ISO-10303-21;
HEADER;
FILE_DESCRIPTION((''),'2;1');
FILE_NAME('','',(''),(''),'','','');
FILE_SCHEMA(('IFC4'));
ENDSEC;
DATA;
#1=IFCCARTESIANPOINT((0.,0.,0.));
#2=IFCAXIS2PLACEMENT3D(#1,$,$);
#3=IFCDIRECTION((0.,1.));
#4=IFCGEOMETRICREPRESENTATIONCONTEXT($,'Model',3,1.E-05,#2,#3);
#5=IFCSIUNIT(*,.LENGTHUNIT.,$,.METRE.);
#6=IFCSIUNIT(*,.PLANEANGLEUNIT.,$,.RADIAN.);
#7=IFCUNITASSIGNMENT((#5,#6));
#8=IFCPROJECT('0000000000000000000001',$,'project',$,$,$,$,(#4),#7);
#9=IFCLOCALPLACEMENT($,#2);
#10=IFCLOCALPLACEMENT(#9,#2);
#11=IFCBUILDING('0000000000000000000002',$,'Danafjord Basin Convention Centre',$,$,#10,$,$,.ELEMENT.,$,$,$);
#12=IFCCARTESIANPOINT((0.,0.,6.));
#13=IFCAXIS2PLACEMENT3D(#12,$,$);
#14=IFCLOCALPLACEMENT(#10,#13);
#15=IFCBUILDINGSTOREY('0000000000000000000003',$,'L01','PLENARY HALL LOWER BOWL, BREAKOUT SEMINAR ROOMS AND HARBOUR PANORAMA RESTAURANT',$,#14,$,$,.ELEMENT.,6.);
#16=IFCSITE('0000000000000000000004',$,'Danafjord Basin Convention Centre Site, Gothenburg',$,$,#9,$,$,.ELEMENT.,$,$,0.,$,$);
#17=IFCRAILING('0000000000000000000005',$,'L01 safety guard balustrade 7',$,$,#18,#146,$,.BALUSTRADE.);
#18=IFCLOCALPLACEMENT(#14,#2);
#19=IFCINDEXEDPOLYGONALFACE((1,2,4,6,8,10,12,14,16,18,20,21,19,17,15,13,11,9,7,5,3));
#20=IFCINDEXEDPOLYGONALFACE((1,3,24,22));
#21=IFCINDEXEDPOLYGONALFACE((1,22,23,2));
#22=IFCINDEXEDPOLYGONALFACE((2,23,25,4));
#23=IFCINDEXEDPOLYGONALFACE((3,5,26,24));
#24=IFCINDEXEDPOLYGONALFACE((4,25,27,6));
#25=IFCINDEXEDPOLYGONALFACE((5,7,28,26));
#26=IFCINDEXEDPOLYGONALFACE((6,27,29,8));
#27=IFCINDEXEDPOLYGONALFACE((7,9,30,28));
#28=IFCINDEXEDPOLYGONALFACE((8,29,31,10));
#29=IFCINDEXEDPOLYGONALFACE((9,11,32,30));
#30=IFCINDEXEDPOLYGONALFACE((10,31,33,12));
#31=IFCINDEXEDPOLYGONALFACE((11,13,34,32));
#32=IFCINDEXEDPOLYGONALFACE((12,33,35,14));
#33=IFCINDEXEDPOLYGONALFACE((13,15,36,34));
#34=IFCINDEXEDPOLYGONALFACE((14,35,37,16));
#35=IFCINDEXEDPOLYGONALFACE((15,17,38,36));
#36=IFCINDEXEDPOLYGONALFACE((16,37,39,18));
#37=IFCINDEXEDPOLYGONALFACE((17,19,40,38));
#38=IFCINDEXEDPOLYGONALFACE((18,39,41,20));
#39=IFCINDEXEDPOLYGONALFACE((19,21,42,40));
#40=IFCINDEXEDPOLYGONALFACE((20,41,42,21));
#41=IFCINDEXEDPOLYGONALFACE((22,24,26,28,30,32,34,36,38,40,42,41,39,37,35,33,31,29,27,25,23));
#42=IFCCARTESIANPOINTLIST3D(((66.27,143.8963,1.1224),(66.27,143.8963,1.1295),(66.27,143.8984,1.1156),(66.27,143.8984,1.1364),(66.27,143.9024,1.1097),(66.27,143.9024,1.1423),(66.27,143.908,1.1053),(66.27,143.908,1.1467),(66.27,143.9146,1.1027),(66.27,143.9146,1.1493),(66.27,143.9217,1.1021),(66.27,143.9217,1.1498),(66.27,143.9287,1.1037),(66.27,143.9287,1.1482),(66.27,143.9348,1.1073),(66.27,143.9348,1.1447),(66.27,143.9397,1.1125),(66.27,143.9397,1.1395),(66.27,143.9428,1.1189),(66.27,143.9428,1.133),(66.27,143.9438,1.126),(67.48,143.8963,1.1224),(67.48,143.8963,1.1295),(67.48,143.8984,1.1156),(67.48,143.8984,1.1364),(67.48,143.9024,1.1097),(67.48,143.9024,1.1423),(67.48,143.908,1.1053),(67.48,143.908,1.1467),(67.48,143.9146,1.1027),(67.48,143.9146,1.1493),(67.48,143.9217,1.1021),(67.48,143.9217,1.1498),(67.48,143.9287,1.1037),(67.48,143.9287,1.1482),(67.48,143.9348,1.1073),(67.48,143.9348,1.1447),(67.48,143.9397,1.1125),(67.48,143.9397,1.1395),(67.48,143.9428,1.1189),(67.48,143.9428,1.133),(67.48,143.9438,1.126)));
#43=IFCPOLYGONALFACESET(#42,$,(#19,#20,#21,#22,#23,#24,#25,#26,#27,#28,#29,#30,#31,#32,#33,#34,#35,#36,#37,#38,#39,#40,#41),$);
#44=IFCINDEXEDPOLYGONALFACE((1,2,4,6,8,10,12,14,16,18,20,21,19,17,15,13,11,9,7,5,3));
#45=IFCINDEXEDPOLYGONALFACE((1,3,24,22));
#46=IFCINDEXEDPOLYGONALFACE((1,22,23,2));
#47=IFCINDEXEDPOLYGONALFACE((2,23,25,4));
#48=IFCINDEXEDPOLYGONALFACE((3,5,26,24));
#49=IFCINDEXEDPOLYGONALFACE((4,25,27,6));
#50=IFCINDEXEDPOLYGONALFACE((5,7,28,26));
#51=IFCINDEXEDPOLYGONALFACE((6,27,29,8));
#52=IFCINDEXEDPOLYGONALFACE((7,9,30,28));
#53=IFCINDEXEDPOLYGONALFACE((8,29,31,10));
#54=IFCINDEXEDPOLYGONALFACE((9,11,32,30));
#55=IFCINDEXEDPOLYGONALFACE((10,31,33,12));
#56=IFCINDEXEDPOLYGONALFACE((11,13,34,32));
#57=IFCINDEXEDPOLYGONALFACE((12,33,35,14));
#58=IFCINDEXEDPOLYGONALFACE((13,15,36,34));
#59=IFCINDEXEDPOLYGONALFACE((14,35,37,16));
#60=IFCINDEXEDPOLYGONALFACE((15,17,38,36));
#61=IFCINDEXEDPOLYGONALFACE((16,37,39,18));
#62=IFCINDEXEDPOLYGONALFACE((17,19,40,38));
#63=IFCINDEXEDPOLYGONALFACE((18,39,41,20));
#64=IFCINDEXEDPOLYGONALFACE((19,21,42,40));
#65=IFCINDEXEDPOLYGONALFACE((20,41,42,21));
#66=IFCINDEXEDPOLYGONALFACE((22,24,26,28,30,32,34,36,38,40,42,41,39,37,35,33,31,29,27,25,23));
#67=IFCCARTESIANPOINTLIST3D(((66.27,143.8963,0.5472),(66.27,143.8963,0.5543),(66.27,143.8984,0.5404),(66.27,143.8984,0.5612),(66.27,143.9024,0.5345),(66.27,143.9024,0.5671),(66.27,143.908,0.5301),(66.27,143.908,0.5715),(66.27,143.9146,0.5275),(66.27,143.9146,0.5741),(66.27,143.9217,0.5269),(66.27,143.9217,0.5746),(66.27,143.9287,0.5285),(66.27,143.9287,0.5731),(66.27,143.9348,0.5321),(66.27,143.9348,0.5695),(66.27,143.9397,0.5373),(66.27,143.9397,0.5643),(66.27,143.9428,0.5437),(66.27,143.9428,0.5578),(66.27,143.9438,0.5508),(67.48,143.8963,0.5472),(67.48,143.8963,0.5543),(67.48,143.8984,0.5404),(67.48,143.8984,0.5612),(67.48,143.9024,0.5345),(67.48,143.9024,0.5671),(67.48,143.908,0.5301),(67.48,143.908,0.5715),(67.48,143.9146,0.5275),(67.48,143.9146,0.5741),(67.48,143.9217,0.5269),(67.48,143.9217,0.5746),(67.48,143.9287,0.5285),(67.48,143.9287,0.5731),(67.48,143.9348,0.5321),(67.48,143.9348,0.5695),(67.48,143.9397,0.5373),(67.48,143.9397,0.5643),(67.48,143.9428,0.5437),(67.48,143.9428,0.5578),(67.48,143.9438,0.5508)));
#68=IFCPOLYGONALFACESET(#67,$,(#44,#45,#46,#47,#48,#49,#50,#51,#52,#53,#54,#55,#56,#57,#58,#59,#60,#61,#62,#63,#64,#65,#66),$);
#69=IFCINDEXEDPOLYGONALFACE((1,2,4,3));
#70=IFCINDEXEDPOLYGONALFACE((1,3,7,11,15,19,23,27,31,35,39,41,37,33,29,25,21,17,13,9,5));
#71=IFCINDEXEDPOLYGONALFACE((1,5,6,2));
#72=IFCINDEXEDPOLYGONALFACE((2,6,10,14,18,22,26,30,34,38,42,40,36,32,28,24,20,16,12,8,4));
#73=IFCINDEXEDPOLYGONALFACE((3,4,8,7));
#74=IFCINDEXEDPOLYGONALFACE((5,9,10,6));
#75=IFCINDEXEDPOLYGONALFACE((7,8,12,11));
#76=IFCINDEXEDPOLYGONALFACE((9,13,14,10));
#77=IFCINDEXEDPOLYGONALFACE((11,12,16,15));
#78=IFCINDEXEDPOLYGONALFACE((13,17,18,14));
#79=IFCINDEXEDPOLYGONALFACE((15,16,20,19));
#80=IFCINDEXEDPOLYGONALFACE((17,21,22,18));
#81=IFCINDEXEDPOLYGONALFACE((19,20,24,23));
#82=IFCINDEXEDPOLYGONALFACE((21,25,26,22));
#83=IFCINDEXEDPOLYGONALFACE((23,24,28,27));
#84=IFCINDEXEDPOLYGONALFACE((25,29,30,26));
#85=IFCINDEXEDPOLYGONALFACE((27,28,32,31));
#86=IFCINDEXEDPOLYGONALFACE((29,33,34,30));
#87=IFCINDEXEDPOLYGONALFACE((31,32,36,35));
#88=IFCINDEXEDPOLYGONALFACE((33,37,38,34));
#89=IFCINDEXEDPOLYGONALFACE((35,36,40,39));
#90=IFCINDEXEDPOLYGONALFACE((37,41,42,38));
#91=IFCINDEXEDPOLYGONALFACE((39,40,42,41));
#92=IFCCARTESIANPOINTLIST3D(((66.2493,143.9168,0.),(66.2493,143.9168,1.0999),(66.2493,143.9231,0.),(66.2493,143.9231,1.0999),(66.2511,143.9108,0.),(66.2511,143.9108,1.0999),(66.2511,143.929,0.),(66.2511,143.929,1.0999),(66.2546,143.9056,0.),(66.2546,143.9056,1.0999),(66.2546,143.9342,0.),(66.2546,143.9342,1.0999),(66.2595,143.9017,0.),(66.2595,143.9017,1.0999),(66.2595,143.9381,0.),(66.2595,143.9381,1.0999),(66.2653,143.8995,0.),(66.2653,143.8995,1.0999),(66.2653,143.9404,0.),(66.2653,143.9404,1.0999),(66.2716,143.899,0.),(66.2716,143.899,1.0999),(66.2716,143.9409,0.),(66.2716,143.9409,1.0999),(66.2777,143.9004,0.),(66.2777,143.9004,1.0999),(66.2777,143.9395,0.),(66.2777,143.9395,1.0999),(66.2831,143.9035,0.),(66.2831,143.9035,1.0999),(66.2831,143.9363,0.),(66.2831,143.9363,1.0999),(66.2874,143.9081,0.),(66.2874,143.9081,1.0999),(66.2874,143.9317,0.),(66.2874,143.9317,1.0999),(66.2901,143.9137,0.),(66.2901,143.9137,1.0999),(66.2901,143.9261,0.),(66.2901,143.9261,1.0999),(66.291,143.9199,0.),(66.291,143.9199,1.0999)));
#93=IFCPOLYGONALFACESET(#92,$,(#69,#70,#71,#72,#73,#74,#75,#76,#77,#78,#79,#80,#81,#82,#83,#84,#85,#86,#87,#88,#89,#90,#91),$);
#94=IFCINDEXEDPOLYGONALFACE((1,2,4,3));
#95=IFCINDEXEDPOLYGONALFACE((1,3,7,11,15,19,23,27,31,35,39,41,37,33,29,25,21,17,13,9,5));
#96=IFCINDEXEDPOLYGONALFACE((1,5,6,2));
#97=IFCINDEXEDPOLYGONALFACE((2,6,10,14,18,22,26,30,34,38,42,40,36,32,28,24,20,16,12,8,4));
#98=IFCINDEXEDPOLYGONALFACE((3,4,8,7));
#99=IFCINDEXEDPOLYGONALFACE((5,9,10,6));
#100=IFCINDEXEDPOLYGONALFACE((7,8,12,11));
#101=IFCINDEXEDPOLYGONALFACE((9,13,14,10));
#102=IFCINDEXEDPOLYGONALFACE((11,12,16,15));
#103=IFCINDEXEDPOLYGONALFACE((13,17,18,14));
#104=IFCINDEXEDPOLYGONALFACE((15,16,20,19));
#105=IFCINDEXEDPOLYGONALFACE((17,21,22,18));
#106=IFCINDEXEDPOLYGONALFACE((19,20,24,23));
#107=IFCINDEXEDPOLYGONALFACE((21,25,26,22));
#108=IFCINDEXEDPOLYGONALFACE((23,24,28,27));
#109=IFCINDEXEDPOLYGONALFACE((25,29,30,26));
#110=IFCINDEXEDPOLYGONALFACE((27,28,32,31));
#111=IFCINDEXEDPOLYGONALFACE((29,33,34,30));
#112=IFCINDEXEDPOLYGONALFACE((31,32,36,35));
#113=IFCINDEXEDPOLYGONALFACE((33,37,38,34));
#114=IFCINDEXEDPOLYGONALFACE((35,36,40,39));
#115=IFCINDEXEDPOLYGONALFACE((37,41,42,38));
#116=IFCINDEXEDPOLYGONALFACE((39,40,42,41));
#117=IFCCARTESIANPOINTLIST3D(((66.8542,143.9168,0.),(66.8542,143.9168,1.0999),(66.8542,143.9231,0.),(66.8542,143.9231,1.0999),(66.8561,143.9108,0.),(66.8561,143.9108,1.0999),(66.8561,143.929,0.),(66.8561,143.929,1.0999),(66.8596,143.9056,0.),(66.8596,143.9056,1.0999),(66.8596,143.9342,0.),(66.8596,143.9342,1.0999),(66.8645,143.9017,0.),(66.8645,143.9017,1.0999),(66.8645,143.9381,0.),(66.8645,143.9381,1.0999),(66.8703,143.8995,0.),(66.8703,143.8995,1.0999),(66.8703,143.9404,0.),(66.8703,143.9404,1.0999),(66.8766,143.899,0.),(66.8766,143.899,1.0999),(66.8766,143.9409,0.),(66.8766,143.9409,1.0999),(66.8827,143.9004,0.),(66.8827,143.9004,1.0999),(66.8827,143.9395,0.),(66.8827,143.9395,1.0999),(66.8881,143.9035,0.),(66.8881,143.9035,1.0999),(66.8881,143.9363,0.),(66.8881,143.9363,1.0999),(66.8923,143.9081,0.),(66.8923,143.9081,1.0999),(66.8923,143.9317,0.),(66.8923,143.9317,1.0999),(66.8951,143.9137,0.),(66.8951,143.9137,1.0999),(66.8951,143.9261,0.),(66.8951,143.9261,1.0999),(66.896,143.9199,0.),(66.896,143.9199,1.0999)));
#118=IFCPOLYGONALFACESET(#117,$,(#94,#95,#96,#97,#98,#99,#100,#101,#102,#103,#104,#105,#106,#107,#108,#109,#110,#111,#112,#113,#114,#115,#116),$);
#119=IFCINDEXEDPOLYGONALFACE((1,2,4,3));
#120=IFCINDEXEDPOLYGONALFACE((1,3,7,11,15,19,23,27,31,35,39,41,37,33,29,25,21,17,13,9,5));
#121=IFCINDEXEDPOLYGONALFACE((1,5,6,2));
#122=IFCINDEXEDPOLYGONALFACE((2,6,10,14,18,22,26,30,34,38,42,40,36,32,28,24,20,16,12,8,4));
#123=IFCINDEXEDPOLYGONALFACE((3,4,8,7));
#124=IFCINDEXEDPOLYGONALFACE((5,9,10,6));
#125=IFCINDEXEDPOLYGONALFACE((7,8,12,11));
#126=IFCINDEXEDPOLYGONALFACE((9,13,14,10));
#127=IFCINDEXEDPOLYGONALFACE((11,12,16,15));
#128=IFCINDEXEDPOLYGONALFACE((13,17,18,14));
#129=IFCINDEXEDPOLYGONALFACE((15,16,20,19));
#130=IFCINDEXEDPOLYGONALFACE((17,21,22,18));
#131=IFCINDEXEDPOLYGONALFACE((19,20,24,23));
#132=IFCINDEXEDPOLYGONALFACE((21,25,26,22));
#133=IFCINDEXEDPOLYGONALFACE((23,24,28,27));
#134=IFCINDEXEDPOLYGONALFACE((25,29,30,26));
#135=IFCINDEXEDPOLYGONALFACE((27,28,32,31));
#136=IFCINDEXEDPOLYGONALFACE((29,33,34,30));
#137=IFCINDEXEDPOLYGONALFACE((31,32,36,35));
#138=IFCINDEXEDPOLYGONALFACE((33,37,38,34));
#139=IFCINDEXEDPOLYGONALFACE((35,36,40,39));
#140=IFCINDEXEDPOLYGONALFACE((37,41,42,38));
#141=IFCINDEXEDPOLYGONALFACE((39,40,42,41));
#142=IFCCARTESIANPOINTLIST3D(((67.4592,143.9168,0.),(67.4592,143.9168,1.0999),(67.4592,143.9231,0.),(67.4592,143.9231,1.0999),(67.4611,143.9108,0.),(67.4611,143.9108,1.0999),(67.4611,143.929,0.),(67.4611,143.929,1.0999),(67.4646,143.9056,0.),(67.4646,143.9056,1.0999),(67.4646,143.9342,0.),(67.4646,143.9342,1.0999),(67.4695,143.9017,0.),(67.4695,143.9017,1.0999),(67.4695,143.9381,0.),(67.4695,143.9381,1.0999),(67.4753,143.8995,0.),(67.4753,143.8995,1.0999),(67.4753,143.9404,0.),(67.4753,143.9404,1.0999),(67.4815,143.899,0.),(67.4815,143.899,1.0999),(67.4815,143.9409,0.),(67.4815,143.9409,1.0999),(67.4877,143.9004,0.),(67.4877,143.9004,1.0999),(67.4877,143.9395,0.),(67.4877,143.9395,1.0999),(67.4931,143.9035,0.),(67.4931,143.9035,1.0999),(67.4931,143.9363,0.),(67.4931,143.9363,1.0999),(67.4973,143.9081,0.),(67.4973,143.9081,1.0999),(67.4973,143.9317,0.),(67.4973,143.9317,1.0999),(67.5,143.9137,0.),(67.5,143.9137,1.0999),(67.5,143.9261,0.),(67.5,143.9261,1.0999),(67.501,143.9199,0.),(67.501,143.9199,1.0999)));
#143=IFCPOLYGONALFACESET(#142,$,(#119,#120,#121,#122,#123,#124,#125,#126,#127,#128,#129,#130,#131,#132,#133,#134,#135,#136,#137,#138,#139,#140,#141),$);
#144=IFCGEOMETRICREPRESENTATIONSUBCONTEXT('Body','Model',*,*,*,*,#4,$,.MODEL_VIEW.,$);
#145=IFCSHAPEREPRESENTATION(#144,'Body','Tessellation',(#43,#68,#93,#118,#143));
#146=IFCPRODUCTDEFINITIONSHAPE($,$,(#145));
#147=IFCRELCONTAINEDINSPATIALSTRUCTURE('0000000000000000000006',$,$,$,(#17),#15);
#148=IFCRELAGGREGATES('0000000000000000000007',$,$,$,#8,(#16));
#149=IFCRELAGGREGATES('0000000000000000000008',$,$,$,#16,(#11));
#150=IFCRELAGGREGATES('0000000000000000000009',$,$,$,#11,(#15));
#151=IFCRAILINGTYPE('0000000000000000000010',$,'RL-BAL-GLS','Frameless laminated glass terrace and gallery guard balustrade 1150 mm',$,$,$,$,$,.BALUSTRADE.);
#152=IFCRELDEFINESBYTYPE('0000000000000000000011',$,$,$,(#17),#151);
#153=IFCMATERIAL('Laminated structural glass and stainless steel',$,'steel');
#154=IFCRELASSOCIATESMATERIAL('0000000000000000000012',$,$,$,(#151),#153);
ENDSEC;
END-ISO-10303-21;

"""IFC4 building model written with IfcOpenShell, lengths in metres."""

from ifc_helpers import new_model, si_unit, direction, frame, origin, origin_2d, place, context, subcontext, project, spatial, circle, extrude, material, type_object, element, save


model = new_model("IFC4")

# Units and contexts
model_context = context("Model", 3, precision=1e-05, world=origin(), true_north=direction((0.0, 1.0)))
body_context = subcontext(model_context, "Body", "Model", "MODEL_VIEW")
ifc_project = project(units=[si_unit("LENGTHUNIT", "METRE"), si_unit("PLANEANGLEUNIT", "RADIAN")], contexts=[model_context])

# Site, building, storey
site_placement = place(None, origin())
site = spatial("IfcSite", under=ifc_project, at=site_placement, Name="Danafjord Basin Convention Centre Site, Gothenburg", CompositionType="ELEMENT", RefElevation=0.0)
building_placement = place(site_placement, origin())
building = spatial("IfcBuilding", under=site, at=building_placement, Name="Danafjord Basin Convention Centre", CompositionType="ELEMENT")
storey_placement = place(building_placement, frame((0.0, 0.0, 6.0)))
storey = spatial("IfcBuildingStorey", under=building, at=storey_placement, Name="L01", Description="PLENARY HALL LOWER BOWL, BREAKOUT SEMINAR ROOMS AND HARBOUR PANORAMA RESTAURANT", CompositionType="ELEMENT", Elevation=6.0)

# Railing
ifc_material_1 = material(Name="Laminated structural glass and stainless steel", Category="steel")
railing_type = type_object("IfcRailingType", Name="RL-BAL-GLS", Description="Frameless laminated glass terrace and gallery guard balustrade 1150 mm", PredefinedType="BALUSTRADE", material=ifc_material_1)
railing_1_placement = place(storey_placement, frame((66.27, 143.9199, 0.0)))
element("IfcRailing", 1, at=railing_1_placement, inside=storey, type_object=railing_type, Name="L01 safety guard balustrade 7", PredefinedType="BALUSTRADE", context=body_context, shape_type="SweptSolid", body=[
    extrude(circle(Radius=0.0239, at=origin_2d()), frame((0.0, 0.0, 1.126), z_axis=(1.0, 0.0, 0.0), x_axis=(0.0, 1.0, 0.0)), (0.0, 0.0, 1.0), 1.21),
    extrude(circle(Radius=0.0239, at=origin_2d()), frame((0.0, 0.0, 0.5508), z_axis=(1.0, 0.0, 0.0), x_axis=(0.0, 1.0, 0.0)), (0.0, 0.0, 1.0), 1.21),
    extrude(circle(Radius=0.021, at=origin_2d()), origin(), (0.0, 0.0, 1.0), 1.0999),
    extrude(circle(Radius=0.021, at=origin_2d()), frame((0.605, 0.0, 0.0)), (0.0, 0.0, 1.0), 1.0999),
    extrude(circle(Radius=0.021, at=origin_2d()), frame((1.21, 0.0, 0.0)), (0.0, 0.0, 1.0), 1.0999),
])

save(model, "model.ifc")
